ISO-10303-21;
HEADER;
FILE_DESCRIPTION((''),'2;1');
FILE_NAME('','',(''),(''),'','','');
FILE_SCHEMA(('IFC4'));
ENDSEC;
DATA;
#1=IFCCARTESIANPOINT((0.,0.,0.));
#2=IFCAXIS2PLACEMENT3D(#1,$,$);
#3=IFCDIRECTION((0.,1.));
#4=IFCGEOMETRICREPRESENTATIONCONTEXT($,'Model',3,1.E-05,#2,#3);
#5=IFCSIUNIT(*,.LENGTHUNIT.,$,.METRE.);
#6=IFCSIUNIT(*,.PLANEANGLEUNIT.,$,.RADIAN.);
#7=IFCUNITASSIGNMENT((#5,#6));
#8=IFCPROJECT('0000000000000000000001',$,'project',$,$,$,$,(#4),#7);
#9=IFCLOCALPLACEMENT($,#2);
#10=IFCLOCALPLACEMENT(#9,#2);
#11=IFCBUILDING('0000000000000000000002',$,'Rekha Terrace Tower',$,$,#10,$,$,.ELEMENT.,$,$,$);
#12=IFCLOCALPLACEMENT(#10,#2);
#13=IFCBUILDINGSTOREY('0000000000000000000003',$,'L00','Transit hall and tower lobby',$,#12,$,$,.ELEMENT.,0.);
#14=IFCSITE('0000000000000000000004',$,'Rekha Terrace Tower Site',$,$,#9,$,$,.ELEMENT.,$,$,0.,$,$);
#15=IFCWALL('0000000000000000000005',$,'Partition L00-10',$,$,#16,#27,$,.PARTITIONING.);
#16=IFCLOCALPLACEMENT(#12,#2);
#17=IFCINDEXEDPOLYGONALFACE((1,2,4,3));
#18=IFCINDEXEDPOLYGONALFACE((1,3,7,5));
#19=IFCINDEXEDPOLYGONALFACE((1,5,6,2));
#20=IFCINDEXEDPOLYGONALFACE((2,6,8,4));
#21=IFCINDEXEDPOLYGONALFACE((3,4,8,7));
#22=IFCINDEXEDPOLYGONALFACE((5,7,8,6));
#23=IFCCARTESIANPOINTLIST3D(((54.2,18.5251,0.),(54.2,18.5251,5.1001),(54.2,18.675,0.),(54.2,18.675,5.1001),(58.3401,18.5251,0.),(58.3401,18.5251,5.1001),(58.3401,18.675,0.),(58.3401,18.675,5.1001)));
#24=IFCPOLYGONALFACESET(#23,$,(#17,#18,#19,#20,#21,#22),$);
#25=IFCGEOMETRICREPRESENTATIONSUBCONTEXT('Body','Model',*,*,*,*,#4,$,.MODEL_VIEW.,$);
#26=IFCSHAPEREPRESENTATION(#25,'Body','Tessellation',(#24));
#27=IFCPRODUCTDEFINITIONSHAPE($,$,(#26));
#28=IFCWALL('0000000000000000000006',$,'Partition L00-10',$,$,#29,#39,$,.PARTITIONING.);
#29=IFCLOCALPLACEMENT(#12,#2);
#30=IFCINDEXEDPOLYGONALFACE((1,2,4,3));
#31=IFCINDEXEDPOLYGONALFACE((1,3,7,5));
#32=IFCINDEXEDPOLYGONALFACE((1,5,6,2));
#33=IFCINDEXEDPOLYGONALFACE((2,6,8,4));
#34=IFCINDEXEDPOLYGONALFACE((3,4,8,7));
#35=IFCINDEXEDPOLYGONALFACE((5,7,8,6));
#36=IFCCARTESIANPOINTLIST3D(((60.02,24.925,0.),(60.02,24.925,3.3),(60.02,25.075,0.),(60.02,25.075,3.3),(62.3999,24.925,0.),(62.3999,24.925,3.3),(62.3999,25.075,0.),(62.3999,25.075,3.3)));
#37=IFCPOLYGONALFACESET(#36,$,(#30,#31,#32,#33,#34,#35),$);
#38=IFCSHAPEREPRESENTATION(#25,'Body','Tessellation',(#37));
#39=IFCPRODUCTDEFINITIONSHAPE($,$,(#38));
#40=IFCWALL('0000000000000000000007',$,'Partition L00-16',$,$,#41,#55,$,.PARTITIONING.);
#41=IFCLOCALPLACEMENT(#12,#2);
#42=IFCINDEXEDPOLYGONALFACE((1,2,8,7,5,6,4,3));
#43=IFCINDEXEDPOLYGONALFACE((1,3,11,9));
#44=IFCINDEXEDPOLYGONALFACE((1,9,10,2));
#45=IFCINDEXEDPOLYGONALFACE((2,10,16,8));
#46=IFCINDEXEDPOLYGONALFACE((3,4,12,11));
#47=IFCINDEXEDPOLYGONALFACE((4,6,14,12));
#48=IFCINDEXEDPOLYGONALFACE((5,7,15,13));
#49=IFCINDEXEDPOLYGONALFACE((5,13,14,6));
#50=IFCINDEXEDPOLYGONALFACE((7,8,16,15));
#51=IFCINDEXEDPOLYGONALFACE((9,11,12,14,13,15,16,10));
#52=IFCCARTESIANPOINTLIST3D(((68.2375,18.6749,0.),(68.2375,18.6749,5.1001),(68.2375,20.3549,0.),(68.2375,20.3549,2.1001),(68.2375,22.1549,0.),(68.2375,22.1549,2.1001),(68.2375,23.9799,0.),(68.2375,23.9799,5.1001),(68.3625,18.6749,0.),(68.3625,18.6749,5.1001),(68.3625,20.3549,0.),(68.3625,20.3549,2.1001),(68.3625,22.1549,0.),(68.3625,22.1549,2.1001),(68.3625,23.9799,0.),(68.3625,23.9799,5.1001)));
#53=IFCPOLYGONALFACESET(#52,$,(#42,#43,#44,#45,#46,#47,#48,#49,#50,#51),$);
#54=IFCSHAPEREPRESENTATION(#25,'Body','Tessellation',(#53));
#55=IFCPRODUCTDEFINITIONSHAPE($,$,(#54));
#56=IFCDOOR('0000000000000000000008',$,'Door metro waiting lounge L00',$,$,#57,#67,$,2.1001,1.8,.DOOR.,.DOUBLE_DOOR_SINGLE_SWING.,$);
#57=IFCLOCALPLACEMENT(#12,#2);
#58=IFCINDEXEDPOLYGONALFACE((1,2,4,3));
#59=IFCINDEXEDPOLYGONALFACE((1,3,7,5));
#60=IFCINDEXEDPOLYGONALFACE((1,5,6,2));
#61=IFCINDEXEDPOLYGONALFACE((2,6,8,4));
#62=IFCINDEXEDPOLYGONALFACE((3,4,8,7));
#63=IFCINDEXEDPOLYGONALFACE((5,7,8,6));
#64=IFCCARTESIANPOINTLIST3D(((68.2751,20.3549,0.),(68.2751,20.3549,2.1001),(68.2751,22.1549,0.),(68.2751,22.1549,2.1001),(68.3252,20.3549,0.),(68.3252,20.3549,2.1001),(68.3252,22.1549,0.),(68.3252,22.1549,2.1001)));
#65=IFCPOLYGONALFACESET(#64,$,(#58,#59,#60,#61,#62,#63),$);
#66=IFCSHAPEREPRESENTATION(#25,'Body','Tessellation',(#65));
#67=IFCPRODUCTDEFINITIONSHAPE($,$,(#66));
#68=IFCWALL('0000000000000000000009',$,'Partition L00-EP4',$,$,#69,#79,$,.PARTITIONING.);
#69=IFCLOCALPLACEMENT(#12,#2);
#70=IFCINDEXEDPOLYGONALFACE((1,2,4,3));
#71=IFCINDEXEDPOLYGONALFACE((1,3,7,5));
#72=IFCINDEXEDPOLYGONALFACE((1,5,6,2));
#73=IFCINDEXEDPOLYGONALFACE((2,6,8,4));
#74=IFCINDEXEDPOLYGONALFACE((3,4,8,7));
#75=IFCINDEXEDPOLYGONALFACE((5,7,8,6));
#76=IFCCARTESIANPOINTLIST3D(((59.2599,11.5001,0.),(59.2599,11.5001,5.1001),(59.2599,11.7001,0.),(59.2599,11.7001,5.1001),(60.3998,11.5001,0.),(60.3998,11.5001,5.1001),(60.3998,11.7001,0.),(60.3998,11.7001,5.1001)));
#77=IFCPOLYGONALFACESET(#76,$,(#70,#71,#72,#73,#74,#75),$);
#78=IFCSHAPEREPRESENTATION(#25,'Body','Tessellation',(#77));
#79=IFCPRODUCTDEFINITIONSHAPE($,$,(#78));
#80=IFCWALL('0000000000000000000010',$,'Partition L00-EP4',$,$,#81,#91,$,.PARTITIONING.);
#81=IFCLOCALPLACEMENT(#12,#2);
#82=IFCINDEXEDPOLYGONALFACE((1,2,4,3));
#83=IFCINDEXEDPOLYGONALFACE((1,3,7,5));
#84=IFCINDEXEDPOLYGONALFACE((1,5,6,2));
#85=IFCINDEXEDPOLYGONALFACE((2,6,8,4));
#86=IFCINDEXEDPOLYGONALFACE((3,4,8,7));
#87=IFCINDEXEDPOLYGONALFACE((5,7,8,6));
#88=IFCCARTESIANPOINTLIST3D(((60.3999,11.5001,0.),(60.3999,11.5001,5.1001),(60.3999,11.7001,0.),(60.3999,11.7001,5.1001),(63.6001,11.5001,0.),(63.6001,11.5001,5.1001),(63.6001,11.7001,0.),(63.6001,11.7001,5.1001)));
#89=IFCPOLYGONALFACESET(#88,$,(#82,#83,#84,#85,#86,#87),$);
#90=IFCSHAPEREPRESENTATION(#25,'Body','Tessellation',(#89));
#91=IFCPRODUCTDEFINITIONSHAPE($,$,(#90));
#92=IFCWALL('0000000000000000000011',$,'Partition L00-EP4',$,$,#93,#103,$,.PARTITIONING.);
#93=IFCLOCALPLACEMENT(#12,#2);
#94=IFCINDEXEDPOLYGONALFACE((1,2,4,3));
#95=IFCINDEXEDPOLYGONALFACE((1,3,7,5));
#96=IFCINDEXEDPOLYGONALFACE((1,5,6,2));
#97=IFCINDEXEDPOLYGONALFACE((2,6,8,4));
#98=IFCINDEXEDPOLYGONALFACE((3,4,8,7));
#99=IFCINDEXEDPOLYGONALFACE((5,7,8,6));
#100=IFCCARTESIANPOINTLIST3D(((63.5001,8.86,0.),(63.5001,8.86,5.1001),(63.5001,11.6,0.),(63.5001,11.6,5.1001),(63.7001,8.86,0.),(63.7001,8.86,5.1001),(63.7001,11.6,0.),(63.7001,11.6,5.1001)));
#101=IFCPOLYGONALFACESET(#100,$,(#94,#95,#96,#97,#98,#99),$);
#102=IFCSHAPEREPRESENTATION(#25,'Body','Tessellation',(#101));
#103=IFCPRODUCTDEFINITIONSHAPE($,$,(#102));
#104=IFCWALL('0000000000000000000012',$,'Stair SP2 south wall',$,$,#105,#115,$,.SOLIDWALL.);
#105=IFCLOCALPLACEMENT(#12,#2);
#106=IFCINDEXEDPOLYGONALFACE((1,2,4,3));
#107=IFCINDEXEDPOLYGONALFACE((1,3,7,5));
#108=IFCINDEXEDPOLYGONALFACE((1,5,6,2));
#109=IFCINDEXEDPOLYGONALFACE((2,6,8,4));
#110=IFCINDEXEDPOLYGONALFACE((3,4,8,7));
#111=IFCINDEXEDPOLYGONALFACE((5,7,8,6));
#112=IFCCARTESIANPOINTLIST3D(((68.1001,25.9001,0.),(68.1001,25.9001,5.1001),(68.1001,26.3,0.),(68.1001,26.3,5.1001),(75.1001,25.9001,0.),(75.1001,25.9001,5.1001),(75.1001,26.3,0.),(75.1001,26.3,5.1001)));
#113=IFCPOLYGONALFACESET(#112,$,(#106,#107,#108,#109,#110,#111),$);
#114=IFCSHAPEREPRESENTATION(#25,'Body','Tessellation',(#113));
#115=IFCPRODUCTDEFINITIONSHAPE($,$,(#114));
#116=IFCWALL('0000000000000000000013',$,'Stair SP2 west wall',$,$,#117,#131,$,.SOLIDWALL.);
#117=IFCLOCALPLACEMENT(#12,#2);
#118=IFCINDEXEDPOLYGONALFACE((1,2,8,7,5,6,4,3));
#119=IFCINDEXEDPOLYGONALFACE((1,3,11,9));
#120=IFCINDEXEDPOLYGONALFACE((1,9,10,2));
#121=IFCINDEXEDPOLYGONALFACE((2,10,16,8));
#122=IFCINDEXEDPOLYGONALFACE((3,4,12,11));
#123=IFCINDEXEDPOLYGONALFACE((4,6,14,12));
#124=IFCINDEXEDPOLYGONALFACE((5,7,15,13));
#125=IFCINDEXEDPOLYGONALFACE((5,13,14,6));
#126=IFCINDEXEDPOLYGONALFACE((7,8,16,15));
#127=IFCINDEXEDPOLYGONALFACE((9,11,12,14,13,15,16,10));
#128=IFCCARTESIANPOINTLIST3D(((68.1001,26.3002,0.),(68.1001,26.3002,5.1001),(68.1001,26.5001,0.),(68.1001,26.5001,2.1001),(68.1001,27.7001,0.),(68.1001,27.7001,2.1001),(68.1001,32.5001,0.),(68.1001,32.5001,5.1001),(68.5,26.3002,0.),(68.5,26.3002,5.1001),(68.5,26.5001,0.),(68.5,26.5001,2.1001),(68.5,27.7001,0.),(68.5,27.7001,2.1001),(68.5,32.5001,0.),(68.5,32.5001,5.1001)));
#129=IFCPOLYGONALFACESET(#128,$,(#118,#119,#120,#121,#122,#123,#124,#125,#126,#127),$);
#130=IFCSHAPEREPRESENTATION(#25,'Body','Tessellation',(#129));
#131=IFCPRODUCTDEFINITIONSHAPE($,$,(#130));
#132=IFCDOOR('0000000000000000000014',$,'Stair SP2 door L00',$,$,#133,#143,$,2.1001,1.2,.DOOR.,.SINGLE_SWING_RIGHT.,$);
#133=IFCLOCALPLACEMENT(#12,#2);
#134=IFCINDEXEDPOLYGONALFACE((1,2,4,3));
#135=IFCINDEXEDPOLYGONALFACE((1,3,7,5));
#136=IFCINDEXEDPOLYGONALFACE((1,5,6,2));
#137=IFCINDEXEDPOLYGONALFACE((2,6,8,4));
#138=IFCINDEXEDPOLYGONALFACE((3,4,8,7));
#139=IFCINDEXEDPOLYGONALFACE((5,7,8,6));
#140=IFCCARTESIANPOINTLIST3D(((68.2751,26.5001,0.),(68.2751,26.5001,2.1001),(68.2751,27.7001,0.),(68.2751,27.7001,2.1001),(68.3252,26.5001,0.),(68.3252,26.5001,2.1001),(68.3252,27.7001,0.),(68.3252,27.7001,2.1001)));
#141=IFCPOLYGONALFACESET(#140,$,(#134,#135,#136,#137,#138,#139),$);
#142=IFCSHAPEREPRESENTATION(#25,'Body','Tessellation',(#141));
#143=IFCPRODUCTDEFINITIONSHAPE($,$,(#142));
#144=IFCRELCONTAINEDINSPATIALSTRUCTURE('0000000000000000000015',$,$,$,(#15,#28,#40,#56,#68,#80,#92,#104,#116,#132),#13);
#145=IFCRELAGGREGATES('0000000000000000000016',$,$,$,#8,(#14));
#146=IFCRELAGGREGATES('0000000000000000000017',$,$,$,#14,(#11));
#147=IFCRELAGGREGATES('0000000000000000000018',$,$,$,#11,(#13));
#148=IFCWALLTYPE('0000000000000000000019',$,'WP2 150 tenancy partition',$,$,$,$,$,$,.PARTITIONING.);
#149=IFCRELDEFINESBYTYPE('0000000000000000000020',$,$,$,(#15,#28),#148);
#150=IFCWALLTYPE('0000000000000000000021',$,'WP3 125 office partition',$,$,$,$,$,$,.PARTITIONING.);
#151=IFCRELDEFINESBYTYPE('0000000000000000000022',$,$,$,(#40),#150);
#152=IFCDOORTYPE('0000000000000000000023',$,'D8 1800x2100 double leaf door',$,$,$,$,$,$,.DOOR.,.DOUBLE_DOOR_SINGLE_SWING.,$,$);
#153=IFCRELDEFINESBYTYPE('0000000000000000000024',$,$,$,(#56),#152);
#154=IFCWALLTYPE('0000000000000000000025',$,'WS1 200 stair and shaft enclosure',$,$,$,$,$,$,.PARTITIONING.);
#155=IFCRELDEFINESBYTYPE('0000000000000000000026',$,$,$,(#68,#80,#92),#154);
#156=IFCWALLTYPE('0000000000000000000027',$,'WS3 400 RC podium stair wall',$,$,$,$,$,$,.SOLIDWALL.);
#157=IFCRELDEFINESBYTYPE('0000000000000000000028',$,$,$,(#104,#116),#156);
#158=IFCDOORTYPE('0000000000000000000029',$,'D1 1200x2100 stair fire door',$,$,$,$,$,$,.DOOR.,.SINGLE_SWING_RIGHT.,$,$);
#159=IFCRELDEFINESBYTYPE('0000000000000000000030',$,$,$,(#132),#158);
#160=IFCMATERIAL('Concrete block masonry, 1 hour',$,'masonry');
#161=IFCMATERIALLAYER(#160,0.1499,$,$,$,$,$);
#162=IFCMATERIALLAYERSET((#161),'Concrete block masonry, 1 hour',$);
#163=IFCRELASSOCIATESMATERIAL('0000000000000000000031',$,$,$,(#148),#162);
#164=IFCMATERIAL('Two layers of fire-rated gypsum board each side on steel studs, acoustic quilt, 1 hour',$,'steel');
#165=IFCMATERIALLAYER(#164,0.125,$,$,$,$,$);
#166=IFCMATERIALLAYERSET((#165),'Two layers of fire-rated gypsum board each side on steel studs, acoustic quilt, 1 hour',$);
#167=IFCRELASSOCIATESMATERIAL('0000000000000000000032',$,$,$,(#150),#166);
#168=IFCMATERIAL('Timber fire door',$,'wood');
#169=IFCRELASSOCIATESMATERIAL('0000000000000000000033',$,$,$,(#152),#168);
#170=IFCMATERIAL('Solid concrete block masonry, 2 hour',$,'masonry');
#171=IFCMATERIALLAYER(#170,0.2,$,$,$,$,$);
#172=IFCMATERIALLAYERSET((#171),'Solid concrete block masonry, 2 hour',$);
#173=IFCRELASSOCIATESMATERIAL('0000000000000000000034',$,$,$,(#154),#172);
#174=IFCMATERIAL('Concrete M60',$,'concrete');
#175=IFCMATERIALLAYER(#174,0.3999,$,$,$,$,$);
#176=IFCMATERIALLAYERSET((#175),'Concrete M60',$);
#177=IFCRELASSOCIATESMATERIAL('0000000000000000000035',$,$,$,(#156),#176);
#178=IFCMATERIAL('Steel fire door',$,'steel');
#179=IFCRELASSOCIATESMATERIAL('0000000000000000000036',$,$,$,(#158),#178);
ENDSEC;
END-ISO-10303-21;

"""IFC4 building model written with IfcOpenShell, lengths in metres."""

from ifc_helpers import new_model, si_unit, direction, frame, frame_2d, origin, place, context, subcontext, project, spatial, rectangle, extrude, material, layer, layer_set, type_object, element, fill, save


model = new_model("IFC4")

# Units and contexts
model_context = context("Model", 3, precision=1e-05, world=origin(), true_north=direction((0.0, 1.0)))
body_context = subcontext(model_context, "Body", "Model", "MODEL_VIEW")
ifc_project = project(units=[si_unit("LENGTHUNIT", "METRE"), si_unit("PLANEANGLEUNIT", "RADIAN")], contexts=[model_context])

# Site, building, storey
site_placement = place(None, origin())
site = spatial("IfcSite", under=ifc_project, at=site_placement, Name="Rekha Terrace Tower Site", CompositionType="ELEMENT", RefElevation=0.0)
building_placement = place(site_placement, origin())
building = spatial("IfcBuilding", under=site, at=building_placement, Name="Rekha Terrace Tower", CompositionType="ELEMENT")
storey_placement = place(building_placement, origin())
storey = spatial("IfcBuildingStorey", under=building, at=storey_placement, Name="L00", Description="Transit hall and tower lobby", CompositionType="ELEMENT", Elevation=0.0)

# Shared definitions
ifc_material_1 = material(Name="Concrete M60", Category="concrete")

# Shared definitions
ifc_material_2 = material(Name="Concrete block masonry, 1 hour", Category="masonry")
ifc_layer_1 = layer(ifc_material_2, 0.1499)
ifc_layer_set_1 = layer_set([ifc_layer_1], Name="Concrete block masonry, 1 hour")
wall_type_1 = type_object("IfcWallType", Name="WP2 150 tenancy partition", PredefinedType="PARTITIONING", material=ifc_layer_set_1)

# Walls
wall_1_placement = place(storey_placement, frame((58.3401, 18.6001, 0.0), z_axis=(0.0, 0.0, 1.0), x_axis=(-1.0, 0.0, 0.0)))
element("IfcWall", 1, at=wall_1_placement, inside=storey, type_object=wall_type_1, Name="Partition L00-10", PredefinedType="PARTITIONING", context=body_context, shape_type="SweptSolid", body=[
    extrude(rectangle(XDim=4.1401, YDim=0.1499, at=frame_2d((2.0701, 0.0))), origin(), (0.0, 0.0, 1.0), 5.1001),
])
wall_2_placement = place(storey_placement, frame((60.02, 25.0, 0.0), z_axis=(0.0, 0.0, 1.0), x_axis=(1.0, 0.0, 0.0)))
element("IfcWall", 2, at=wall_2_placement, inside=storey, type_object=wall_type_1, Name="Partition L00-10", PredefinedType="PARTITIONING", context=body_context, shape_type="SweptSolid", body=[
    extrude(rectangle(XDim=2.3799, YDim=0.1499, at=frame_2d((1.1899, 0.0))), origin(), (0.0, 0.0, 1.0), 3.3),
])

# Wall, opening, door
ifc_material_3 = material(Name="Two layers of fire-rated gypsum board each side on steel studs, acoustic quilt, 1 hour", Category="steel")
ifc_layer_2 = layer(ifc_material_3, 0.125)
ifc_layer_set_2 = layer_set([ifc_layer_2], Name="Two layers of fire-rated gypsum board each side on steel studs, acoustic quilt, 1 hour")
wall_type_2 = type_object("IfcWallType", Name="WP3 125 office partition", PredefinedType="PARTITIONING", material=ifc_layer_set_2)
wall_3_placement = place(storey_placement, frame((68.3, 18.675, 0.0), z_axis=(0.0, 0.0, 1.0), x_axis=(0.0, 1.0, 0.0)))
wall_3 = element("IfcWall", 3, at=wall_3_placement, inside=storey, type_object=wall_type_2, Name="Partition L00-16", PredefinedType="PARTITIONING", context=body_context, shape_type="SweptSolid", body=[
    extrude(rectangle(XDim=5.3049, YDim=0.125, at=frame_2d((2.6523, 0.0))), origin(), (0.0, 0.0, 1.0), 5.1001),
])
opening_1_placement = place(wall_3_placement, frame((1.6799, 0.0, 0.0)))
opening_1 = element("IfcOpeningElement", 4, at=opening_1_placement, cuts=wall_3, PredefinedType="OPENING", context=body_context, shape_type="SweptSolid", body=[
    extrude(rectangle(XDim=1.8, YDim=2.1001, at=frame_2d((0.8999, 1.05))), frame((0.0, 0.0725, 0.0), z_axis=(0.0, -1.0, 0.0), x_axis=(1.0, 0.0, 0.0)), (0.0, 0.0, 1.0), 0.145),
])
ifc_material_4 = material(Name="Timber fire door", Category="wood")
door_type_1 = type_object("IfcDoorType", Name="D8 1800x2100 double leaf door", OperationType="DOUBLE_DOOR_SINGLE_SWING", PredefinedType="DOOR", material=ifc_material_4)
door_1_placement = place(opening_1_placement, origin())
door_1 = element("IfcDoor", 5, at=door_1_placement, inside=storey, type_object=door_type_1, Name="Door metro waiting lounge L00", OperationType="DOUBLE_DOOR_SINGLE_SWING", OverallHeight=2.1001, OverallWidth=1.8, PredefinedType="DOOR", context=body_context, shape_type="SweptSolid", body=[
    extrude(rectangle(XDim=1.8, YDim=2.1001, at=frame_2d((0.8999, 1.05))), frame((0.0, 0.0249, 0.0), z_axis=(0.0, -1.0, 0.0), x_axis=(1.0, 0.0, 0.0)), (0.0, 0.0, 1.0), 0.05),
])
fill(opening_1, door_1)

# Walls
ifc_material_5 = material(Name="Solid concrete block masonry, 2 hour", Category="masonry")
ifc_layer_3 = layer(ifc_material_5, 0.2)
ifc_layer_set_3 = layer_set([ifc_layer_3], Name="Solid concrete block masonry, 2 hour")
wall_type_3 = type_object("IfcWallType", Name="WS1 200 stair and shaft enclosure", PredefinedType="PARTITIONING", material=ifc_layer_set_3)
wall_4_placement = place(storey_placement, frame((59.26, 11.6001, 0.0), z_axis=(0.0, 0.0, 1.0), x_axis=(1.0, 0.0, 0.0)))
element("IfcWall", 6, at=wall_4_placement, inside=storey, type_object=wall_type_3, Name="Partition L00-EP4", PredefinedType="PARTITIONING", context=body_context, shape_type="SweptSolid", body=[
    extrude(rectangle(XDim=1.1399, YDim=0.2, at=frame_2d((0.5698, 0.0))), origin(), (0.0, 0.0, 1.0), 5.1001),
])
wall_5_placement = place(storey_placement, frame((60.3999, 11.6001, 0.0), z_axis=(0.0, 0.0, 1.0), x_axis=(1.0, 0.0, 0.0)))
element("IfcWall", 7, at=wall_5_placement, inside=storey, type_object=wall_type_3, Name="Partition L00-EP4", PredefinedType="PARTITIONING", context=body_context, shape_type="SweptSolid", body=[
    extrude(rectangle(XDim=3.2002, YDim=0.2, at=frame_2d((1.6001, 0.0))), origin(), (0.0, 0.0, 1.0), 5.1001),
])
wall_6_placement = place(storey_placement, frame((63.6001, 11.6001, 0.0), z_axis=(0.0, 0.0, 1.0), x_axis=(0.0, -1.0, 0.0)))
element("IfcWall", 8, at=wall_6_placement, inside=storey, type_object=wall_type_3, Name="Partition L00-EP4", PredefinedType="PARTITIONING", context=body_context, shape_type="SweptSolid", body=[
    extrude(rectangle(XDim=2.74, YDim=0.2, at=frame_2d((1.3701, 0.0))), origin(), (0.0, 0.0, 1.0), 5.1001),
])
ifc_layer_4 = layer(ifc_material_1, 0.3999)
ifc_layer_set_4 = layer_set([ifc_layer_4], Name="Concrete M60")
wall_type_4 = type_object("IfcWallType", Name="WS3 400 RC podium stair wall", PredefinedType="SOLIDWALL", material=ifc_layer_set_4)
wall_7_placement = place(storey_placement, frame((68.1001, 26.1001, 0.0), z_axis=(0.0, 0.0, 1.0), x_axis=(1.0, 0.0, 0.0)))
element("IfcWall", 9, at=wall_7_placement, inside=storey, type_object=wall_type_4, Name="Stair SP2 south wall", PredefinedType="SOLIDWALL", context=body_context, shape_type="SweptSolid", body=[
    extrude(rectangle(XDim=7.0, YDim=0.3999, at=frame_2d((3.5, 0.0))), origin(), (0.0, 0.0, 1.0), 5.1001),
])

# Wall, opening, door
wall_8_placement = place(storey_placement, frame((68.3, 26.3, 0.0), z_axis=(0.0, 0.0, 1.0), x_axis=(0.0, 1.0, 0.0)))
wall_8 = element("IfcWall", 10, at=wall_8_placement, inside=storey, type_object=wall_type_4, Name="Stair SP2 west wall", PredefinedType="SOLIDWALL", context=body_context, shape_type="SweptSolid", body=[
    extrude(rectangle(XDim=6.2, YDim=0.3999, at=frame_2d((3.1001, 0.0))), origin(), (0.0, 0.0, 1.0), 5.1001),
])
opening_2_placement = place(wall_8_placement, frame((0.2, 0.0, 0.0)))
opening_2 = element("IfcOpeningElement", 11, at=opening_2_placement, cuts=wall_8, PredefinedType="OPENING", context=body_context, shape_type="SweptSolid", body=[
    extrude(rectangle(XDim=1.2, YDim=2.1001, at=frame_2d((0.6001, 1.05))), frame((0.0, 0.21, 0.0), z_axis=(0.0, -1.0, 0.0), x_axis=(1.0, 0.0, 0.0)), (0.0, 0.0, 1.0), 0.4199),
])
ifc_material_6 = material(Name="Steel fire door", Category="steel")
door_type_2 = type_object("IfcDoorType", Name="D1 1200x2100 stair fire door", OperationType="SINGLE_SWING_RIGHT", PredefinedType="DOOR", material=ifc_material_6)
door_2_placement = place(opening_2_placement, origin())
door_2 = element("IfcDoor", 12, at=door_2_placement, inside=storey, type_object=door_type_2, Name="Stair SP2 door L00", OperationType="SINGLE_SWING_RIGHT", OverallHeight=2.1001, OverallWidth=1.2, PredefinedType="DOOR", context=body_context, shape_type="SweptSolid", body=[
    extrude(rectangle(XDim=1.2, YDim=2.1001, at=frame_2d((0.6001, 1.05))), frame((0.0, 0.0249, 0.0), z_axis=(0.0, -1.0, 0.0), x_axis=(1.0, 0.0, 0.0)), (0.0, 0.0, 1.0), 0.05),
])
fill(opening_2, door_2)

save(model, "model.ifc")
